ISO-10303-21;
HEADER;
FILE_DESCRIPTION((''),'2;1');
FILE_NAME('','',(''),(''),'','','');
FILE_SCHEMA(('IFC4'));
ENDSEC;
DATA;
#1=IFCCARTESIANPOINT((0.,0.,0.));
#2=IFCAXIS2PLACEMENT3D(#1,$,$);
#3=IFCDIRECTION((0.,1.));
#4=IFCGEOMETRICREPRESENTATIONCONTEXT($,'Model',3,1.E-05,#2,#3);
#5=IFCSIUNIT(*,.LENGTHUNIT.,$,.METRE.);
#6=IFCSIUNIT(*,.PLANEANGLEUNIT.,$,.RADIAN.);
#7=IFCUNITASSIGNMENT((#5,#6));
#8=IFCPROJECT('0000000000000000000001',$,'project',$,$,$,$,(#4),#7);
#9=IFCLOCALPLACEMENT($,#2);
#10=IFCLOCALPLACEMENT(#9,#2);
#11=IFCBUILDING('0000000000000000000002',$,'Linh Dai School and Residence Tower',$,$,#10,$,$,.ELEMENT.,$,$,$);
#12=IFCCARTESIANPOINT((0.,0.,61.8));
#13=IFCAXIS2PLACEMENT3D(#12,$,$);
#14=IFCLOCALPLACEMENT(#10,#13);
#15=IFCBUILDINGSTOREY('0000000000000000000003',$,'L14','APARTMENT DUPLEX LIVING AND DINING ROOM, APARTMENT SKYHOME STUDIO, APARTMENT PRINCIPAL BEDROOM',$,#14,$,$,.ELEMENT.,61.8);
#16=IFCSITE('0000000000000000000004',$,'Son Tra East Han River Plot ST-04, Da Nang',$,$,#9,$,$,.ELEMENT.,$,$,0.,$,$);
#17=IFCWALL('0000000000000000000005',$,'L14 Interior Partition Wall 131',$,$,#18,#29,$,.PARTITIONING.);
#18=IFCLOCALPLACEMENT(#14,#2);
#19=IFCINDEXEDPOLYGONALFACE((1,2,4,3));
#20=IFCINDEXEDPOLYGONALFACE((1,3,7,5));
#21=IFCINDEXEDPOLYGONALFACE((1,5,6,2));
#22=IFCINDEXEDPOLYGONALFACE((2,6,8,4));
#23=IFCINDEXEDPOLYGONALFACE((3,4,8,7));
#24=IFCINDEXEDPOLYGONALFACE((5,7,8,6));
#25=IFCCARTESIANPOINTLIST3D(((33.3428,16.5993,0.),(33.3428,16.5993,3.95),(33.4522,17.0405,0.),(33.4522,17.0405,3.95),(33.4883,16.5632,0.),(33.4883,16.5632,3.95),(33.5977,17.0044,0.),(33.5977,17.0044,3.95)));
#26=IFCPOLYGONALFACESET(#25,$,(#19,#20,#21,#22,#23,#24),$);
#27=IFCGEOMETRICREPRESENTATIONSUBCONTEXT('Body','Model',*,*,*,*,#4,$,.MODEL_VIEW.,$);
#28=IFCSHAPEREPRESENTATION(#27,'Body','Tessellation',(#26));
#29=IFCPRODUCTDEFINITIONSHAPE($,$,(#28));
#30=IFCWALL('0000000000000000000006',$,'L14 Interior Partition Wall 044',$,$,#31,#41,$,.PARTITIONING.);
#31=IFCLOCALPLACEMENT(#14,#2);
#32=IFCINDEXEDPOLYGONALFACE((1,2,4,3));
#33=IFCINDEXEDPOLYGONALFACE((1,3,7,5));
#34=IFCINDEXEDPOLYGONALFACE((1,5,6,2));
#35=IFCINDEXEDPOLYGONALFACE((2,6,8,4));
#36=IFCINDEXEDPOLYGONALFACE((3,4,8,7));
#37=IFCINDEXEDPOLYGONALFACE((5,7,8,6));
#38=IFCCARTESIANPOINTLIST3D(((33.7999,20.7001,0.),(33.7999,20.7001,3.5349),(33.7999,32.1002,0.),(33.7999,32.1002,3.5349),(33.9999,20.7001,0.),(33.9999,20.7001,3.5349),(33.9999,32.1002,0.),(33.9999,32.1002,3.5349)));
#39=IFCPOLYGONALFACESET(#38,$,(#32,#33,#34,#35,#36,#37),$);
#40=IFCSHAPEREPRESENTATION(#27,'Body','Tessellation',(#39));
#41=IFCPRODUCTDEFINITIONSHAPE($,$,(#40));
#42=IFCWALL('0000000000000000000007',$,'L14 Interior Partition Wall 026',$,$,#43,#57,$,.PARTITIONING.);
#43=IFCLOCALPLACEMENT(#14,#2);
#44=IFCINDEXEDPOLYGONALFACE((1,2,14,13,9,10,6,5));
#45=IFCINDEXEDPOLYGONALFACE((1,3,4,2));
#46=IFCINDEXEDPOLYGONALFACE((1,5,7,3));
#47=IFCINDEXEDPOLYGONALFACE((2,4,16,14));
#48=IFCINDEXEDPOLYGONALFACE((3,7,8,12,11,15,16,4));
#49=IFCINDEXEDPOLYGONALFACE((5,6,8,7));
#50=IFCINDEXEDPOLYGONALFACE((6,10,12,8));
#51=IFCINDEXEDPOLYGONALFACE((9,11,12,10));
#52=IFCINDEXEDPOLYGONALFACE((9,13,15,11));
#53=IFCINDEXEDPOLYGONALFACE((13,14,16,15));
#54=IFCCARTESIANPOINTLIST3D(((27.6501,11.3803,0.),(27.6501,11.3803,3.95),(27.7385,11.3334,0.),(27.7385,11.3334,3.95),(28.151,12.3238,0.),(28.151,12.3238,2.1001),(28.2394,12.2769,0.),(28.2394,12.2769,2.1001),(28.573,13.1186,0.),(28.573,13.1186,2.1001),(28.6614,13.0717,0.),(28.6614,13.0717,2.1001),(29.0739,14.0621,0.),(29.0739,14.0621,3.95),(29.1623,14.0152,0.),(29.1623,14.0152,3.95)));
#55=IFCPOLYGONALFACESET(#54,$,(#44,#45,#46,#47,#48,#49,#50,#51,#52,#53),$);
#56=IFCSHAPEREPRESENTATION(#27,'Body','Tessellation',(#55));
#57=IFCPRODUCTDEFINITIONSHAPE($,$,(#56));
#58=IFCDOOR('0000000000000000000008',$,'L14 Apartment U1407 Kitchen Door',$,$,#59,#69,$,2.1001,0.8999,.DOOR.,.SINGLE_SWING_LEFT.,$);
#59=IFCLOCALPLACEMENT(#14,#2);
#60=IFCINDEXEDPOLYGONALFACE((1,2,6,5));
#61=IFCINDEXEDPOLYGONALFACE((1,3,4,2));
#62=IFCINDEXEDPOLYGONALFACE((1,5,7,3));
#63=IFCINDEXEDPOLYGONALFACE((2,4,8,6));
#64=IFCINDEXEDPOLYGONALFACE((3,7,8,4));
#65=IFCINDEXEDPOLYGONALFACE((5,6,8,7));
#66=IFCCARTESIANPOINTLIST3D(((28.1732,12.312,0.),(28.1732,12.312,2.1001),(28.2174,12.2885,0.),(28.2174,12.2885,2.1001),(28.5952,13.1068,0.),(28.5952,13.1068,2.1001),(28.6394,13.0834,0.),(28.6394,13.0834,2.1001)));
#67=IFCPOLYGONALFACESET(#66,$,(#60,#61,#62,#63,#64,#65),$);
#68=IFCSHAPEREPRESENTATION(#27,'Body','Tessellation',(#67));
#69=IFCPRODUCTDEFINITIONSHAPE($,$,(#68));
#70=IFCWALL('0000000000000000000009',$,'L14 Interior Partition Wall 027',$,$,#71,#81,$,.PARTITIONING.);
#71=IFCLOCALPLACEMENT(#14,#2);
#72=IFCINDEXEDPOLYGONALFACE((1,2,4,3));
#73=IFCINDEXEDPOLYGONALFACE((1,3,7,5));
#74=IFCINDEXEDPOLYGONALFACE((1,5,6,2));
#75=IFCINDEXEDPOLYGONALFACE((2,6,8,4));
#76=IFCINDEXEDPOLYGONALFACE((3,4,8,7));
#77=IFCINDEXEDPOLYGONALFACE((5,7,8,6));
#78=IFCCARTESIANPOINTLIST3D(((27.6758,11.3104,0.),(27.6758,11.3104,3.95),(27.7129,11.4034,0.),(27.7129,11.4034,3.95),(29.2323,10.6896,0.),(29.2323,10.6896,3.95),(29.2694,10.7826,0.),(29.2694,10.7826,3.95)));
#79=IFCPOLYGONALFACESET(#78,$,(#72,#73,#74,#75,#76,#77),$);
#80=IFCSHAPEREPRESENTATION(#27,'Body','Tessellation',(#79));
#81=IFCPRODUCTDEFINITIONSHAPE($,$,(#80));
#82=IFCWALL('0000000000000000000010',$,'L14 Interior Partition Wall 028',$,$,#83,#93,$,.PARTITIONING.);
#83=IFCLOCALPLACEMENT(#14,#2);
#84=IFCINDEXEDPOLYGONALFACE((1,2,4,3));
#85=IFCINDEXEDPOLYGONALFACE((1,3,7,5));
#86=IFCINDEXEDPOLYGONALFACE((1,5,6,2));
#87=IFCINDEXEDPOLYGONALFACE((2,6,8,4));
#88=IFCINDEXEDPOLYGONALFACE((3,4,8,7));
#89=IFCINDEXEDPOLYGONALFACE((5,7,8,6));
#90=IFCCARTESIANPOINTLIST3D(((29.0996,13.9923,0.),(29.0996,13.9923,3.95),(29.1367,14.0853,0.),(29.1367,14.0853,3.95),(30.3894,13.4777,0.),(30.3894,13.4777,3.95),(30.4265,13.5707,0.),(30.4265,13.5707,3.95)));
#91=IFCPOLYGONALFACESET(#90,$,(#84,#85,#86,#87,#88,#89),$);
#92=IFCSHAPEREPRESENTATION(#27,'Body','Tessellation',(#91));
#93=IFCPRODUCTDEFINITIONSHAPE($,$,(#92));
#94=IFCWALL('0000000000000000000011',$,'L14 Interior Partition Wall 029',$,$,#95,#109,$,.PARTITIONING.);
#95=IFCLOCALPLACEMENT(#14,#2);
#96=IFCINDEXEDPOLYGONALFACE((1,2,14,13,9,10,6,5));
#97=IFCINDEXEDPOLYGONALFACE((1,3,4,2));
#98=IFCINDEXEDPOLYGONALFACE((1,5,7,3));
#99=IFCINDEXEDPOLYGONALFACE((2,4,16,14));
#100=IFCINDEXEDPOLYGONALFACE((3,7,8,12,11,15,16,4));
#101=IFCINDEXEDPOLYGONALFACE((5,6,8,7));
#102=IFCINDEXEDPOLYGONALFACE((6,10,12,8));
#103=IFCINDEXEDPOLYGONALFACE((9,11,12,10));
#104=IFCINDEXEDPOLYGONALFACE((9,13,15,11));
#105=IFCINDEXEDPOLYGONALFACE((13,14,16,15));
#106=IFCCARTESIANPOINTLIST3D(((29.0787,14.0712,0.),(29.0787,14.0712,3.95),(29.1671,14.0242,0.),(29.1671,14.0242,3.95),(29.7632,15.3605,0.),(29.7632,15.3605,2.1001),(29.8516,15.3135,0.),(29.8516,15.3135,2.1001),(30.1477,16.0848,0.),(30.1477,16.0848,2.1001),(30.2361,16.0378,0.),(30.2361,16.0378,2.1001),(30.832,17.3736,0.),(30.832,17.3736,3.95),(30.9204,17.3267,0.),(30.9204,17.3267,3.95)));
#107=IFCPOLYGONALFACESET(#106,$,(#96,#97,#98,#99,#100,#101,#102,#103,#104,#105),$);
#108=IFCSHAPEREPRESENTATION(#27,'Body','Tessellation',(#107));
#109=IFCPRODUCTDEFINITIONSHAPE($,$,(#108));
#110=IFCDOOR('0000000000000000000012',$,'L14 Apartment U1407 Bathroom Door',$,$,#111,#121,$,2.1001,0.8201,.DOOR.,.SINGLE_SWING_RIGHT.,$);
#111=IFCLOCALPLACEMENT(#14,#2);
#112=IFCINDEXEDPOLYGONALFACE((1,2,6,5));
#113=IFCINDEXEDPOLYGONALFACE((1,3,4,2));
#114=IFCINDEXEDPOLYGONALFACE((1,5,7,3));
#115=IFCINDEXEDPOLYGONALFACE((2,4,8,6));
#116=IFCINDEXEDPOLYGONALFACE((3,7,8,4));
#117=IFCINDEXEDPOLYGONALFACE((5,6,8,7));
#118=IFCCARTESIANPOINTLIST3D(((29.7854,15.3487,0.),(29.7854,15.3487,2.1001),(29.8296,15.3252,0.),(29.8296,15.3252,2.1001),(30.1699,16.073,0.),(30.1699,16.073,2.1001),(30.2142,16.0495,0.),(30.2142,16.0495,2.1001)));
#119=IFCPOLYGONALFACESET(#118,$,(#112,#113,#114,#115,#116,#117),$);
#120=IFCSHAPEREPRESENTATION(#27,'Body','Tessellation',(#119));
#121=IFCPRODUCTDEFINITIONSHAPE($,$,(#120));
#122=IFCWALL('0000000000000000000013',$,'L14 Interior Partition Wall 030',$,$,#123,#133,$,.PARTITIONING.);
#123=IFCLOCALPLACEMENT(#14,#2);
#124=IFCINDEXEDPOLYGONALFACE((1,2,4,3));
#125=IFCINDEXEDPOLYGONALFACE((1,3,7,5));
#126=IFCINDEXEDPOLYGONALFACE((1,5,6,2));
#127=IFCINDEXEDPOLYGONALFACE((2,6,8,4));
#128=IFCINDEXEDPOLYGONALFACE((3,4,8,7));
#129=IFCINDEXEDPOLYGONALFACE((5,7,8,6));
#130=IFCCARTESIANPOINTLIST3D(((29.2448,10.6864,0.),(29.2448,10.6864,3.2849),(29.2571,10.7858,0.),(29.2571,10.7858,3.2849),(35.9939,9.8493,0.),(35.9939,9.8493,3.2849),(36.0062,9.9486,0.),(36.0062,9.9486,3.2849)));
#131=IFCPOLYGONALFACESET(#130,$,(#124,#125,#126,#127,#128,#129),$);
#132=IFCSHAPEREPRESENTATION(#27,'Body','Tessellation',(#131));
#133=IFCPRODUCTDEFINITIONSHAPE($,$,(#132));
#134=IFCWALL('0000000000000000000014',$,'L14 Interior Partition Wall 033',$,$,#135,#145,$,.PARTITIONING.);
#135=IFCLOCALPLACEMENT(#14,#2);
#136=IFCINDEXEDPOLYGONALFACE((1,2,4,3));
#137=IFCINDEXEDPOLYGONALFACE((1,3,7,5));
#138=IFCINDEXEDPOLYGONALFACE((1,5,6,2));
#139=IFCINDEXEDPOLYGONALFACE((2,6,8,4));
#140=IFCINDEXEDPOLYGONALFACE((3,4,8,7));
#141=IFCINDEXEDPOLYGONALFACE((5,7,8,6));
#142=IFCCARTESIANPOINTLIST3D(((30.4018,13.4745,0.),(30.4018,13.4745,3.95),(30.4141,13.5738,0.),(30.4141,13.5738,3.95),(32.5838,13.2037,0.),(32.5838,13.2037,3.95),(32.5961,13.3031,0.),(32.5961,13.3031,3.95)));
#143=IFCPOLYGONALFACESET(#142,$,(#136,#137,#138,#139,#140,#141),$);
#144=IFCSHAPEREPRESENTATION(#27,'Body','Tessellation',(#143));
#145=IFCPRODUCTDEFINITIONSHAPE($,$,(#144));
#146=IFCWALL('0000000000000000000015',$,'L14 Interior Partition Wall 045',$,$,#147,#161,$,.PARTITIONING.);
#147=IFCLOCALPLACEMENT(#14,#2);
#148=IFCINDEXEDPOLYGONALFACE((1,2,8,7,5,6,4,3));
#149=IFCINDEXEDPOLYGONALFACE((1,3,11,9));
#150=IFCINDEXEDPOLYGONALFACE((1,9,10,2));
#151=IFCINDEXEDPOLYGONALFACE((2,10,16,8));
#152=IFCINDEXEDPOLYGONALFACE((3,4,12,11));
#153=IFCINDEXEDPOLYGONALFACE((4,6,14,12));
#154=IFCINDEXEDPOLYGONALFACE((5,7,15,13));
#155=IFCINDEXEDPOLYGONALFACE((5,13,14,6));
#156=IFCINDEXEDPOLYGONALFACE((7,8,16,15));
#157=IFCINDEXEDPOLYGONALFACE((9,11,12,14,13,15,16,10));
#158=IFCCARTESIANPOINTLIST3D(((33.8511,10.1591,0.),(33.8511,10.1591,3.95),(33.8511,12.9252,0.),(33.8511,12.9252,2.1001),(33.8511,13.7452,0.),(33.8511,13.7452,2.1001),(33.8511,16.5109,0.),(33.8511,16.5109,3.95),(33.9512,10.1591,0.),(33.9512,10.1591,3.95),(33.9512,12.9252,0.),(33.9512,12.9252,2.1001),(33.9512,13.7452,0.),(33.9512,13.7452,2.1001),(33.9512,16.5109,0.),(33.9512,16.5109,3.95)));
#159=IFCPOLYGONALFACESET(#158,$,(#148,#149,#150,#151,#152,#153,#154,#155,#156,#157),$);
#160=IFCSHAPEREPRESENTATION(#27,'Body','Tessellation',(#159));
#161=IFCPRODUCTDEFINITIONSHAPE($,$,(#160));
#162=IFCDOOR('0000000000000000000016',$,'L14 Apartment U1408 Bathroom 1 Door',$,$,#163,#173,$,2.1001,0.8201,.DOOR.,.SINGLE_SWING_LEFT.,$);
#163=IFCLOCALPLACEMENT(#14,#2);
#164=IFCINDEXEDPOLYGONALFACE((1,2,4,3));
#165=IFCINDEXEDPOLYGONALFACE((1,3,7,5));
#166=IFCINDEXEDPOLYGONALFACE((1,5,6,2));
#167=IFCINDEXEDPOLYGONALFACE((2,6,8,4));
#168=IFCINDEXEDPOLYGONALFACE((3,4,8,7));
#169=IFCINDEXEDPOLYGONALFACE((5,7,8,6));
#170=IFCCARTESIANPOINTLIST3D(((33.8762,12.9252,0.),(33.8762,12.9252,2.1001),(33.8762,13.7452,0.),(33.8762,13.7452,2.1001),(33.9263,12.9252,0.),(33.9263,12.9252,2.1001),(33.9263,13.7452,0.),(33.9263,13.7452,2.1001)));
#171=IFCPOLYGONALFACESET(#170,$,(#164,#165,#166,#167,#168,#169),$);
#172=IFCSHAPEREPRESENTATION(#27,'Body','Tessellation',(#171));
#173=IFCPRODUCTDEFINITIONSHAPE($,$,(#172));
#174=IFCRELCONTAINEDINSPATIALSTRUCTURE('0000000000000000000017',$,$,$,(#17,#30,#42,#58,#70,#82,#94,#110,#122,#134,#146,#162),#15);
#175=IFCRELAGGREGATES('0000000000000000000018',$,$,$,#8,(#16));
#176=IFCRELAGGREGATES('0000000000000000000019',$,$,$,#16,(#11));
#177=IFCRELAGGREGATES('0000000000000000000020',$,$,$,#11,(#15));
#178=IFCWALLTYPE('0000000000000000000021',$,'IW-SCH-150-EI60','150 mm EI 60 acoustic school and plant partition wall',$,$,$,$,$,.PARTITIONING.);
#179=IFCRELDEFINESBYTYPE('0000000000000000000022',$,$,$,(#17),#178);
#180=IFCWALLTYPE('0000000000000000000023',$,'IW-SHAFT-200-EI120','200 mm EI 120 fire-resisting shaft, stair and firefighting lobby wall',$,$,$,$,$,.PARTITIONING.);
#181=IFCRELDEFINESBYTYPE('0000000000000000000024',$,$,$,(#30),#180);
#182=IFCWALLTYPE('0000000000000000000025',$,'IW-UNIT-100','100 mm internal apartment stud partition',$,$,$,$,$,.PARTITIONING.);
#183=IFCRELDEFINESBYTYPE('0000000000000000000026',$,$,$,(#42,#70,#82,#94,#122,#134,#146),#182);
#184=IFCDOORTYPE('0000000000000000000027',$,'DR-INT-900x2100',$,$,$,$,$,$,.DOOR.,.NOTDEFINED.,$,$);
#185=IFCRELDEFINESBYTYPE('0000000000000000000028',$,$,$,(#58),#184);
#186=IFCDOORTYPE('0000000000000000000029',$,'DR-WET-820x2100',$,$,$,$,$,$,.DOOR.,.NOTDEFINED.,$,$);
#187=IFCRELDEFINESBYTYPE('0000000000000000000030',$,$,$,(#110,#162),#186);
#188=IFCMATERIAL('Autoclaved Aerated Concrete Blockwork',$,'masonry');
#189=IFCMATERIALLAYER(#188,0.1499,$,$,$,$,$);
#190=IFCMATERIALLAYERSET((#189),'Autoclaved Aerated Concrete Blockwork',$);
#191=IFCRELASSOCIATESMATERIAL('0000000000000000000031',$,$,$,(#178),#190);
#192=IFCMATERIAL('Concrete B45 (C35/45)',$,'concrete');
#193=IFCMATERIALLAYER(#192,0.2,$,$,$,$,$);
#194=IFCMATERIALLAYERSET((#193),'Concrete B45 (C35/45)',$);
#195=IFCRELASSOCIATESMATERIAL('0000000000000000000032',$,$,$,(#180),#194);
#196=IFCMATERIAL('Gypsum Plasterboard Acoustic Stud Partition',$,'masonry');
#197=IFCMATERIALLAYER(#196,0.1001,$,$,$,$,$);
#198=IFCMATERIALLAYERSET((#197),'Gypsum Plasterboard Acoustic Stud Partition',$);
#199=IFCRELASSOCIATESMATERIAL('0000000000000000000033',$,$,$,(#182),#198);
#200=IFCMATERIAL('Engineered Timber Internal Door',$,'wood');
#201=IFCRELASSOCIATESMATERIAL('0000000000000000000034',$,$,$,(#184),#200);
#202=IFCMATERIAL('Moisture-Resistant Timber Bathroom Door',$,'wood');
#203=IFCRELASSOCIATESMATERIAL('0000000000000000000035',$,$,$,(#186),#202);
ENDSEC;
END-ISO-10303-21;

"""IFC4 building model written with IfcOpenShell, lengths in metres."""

from ifc_helpers import new_model, si_unit, direction, frame, frame_2d, origin, origin_2d, place, context, subcontext, project, spatial, rectangle, extrude, source, transform, mapped, material, layer, layer_set, type_object, element, fill, save


model = new_model("IFC4")

# Units and contexts
model_context = context("Model", 3, precision=1e-05, world=origin(), true_north=direction((0.0, 1.0)))
body_context = subcontext(model_context, "Body", "Model", "MODEL_VIEW")
ifc_project = project(units=[si_unit("LENGTHUNIT", "METRE"), si_unit("PLANEANGLEUNIT", "RADIAN")], contexts=[model_context])

# Site, building, storey
site_placement = place(None, origin())
site = spatial("IfcSite", under=ifc_project, at=site_placement, Name="Son Tra East Han River Plot ST-04, Da Nang", CompositionType="ELEMENT", RefElevation=0.0)
building_placement = place(site_placement, origin())
building = spatial("IfcBuilding", under=site, at=building_placement, Name="Linh Dai School and Residence Tower", CompositionType="ELEMENT")
storey_placement = place(building_placement, frame((0.0, 0.0, 61.8)))
storey = spatial("IfcBuildingStorey", under=building, at=storey_placement, Name="L14", Description="APARTMENT DUPLEX LIVING AND DINING ROOM, APARTMENT SKYHOME STUDIO, APARTMENT PRINCIPAL BEDROOM", CompositionType="ELEMENT", Elevation=61.8)

# Walls
ifc_material_1 = material(Name="Autoclaved Aerated Concrete Blockwork", Category="masonry")
ifc_layer_1 = layer(ifc_material_1, 0.1499)
ifc_layer_set_1 = layer_set([ifc_layer_1], Name="Autoclaved Aerated Concrete Blockwork")
wall_type_1 = type_object("IfcWallType", Name="IW-SCH-150-EI60", Description="150 mm EI 60 acoustic school and plant partition wall", PredefinedType="PARTITIONING", material=ifc_layer_set_1)
wall_1_placement = place(storey_placement, frame((33.5249, 17.0225, 0.0), z_axis=(0.0, 0.0, 1.0), x_axis=(-0.240639, -0.970615, 0.0)))
element("IfcWall", 1, at=wall_1_placement, inside=storey, type_object=wall_type_1, Name="L14 Interior Partition Wall 131", PredefinedType="PARTITIONING", context=body_context, shape_type="SweptSolid", body=[
    extrude(rectangle(XDim=0.4546, YDim=0.1499, at=frame_2d((0.2273, 0.0))), origin(), (0.0, 0.0, 1.0), 3.95),
])
ifc_material_2 = material(Name="Concrete B45 (C35/45)", Category="concrete")
ifc_layer_2 = layer(ifc_material_2, 0.2)
ifc_layer_set_2 = layer_set([ifc_layer_2], Name="Concrete B45 (C35/45)")
wall_type_2 = type_object("IfcWallType", Name="IW-SHAFT-200-EI120", Description="200 mm EI 120 fire-resisting shaft, stair and firefighting lobby wall", PredefinedType="PARTITIONING", material=ifc_layer_set_2)
wall_2_placement = place(storey_placement, frame((33.8999, 20.7, 0.0), z_axis=(0.0, 0.0, 1.0), x_axis=(0.0, 1.0, 0.0)))
element("IfcWall", 2, at=wall_2_placement, inside=storey, type_object=wall_type_2, Name="L14 Interior Partition Wall 044", PredefinedType="PARTITIONING", context=body_context, shape_type="SweptSolid", body=[
    extrude(rectangle(XDim=11.4001, YDim=0.2, at=frame_2d((5.7002, 0.0))), origin(), (0.0, 0.0, 1.0), 3.5349),
])

# Wall, opening, door
ifc_material_3 = material(Name="Gypsum Plasterboard Acoustic Stud Partition", Category="masonry")
ifc_layer_3 = layer(ifc_material_3, 0.1001)
ifc_layer_set_3 = layer_set([ifc_layer_3], Name="Gypsum Plasterboard Acoustic Stud Partition")
wall_type_3 = type_object("IfcWallType", Name="IW-UNIT-100", Description="100 mm internal apartment stud partition", PredefinedType="PARTITIONING", material=ifc_layer_set_3)
wall_3_placement = place(storey_placement, frame((27.6943, 11.3569, 0.0), z_axis=(0.0, 0.0, 1.0), x_axis=(0.468918, 0.883242, 0.0)))
wall_3 = element("IfcWall", 3, at=wall_3_placement, inside=storey, type_object=wall_type_3, Name="L14 Interior Partition Wall 026", PredefinedType="PARTITIONING", context=body_context, shape_type="SweptSolid", body=[
    extrude(rectangle(XDim=3.0364, YDim=0.1001, at=frame_2d((1.5181, 0.0))), origin(), (0.0, 0.0, 1.0), 3.95),
])
opening_1_placement = place(wall_3_placement, frame((1.0681, 0.0, 0.0)))
opening_1 = element("IfcOpeningElement", 4, at=opening_1_placement, cuts=wall_3, PredefinedType="OPENING", context=body_context, shape_type="SweptSolid", body=[
    extrude(rectangle(XDim=0.8999, YDim=2.1001, at=origin_2d()), frame((0.45, 0.0601, 1.05), z_axis=(0.0, -1.0, 0.0), x_axis=(1.0, 0.0, 0.0)), (0.0, 0.0, 1.0), 0.1201),
])
ifc_material_4 = material(Name="Engineered Timber Internal Door", Category="wood")
door_type_1 = type_object("IfcDoorType", Name="DR-INT-900x2100", OperationType="NOTDEFINED", PredefinedType="DOOR", material=ifc_material_4)
shared_shape_1 = source(origin(), body_context, "Body", "SweptSolid", [
    extrude(rectangle(XDim=0.8999, YDim=2.1001, at=origin_2d()), frame((0.45, 0.0249, 1.05), z_axis=(0.0, -1.0, 0.0), x_axis=(1.0, 0.0, 0.0)), (0.0, 0.0, 1.0), 0.05),
])
door_1_placement = place(opening_1_placement, origin())
door_1 = element("IfcDoor", 5, at=door_1_placement, inside=storey, type_object=door_type_1, Name="L14 Apartment U1407 Kitchen Door", OperationType="SINGLE_SWING_LEFT", OverallHeight=2.1001, OverallWidth=0.8999, PredefinedType="DOOR", context=body_context, shape_type="MappedRepresentation", body=[
    mapped(shared_shape_1, transform((0.0, 0.0, 0.0), x_axis=(1.0, 0.0, 0.0), y_axis=(0.0, 1.0, 0.0), z_axis=(0.0, 0.0, 1.0), scale=1.0)),
])
fill(opening_1, door_1)

# Walls
wall_4_placement = place(storey_placement, frame((27.6943, 11.3569, 0.0), z_axis=(0.0, 0.0, 1.0), x_axis=(0.928848, -0.370461, 0.0)))
element("IfcWall", 6, at=wall_4_placement, inside=storey, type_object=wall_type_3, Name="L14 Interior Partition Wall 027", PredefinedType="PARTITIONING", context=body_context, shape_type="SweptSolid", body=[
    extrude(rectangle(XDim=1.6758, YDim=0.1001, at=frame_2d((0.8379, 0.0))), origin(), (0.0, 0.0, 1.0), 3.95),
])
wall_5_placement = place(storey_placement, frame((29.1182, 14.0388, 0.0), z_axis=(0.0, 0.0, 1.0), x_axis=(0.928792, -0.370602, 0.0)))
element("IfcWall", 7, at=wall_5_placement, inside=storey, type_object=wall_type_3, Name="L14 Interior Partition Wall 028", PredefinedType="PARTITIONING", context=body_context, shape_type="SweptSolid", body=[
    extrude(rectangle(XDim=1.3887, YDim=0.1001, at=frame_2d((0.6943, 0.0))), origin(), (0.0, 0.0, 1.0), 3.95),
])

# Wall, opening, door
wall_6_placement = place(storey_placement, frame((29.1228, 14.0476, 0.0), z_axis=(0.0, 0.0, 1.0), x_axis=(0.46894, 0.88323, 0.0)))
wall_6 = element("IfcWall", 8, at=wall_6_placement, inside=storey, type_object=wall_type_3, Name="L14 Interior Partition Wall 029", PredefinedType="PARTITIONING", context=body_context, shape_type="SweptSolid", body=[
    extrude(rectangle(XDim=3.739, YDim=0.1001, at=frame_2d((1.8696, 0.0))), origin(), (0.0, 0.0, 1.0), 3.95),
])
opening_2_placement = place(wall_6_placement, frame((1.4597, 0.0, 0.0)))
opening_2 = element("IfcOpeningElement", 9, at=opening_2_placement, cuts=wall_6, PredefinedType="OPENING", context=body_context, shape_type="SweptSolid", body=[
    extrude(rectangle(XDim=0.8201, YDim=2.1001, at=origin_2d()), frame((0.4102, 0.0601, 1.05), z_axis=(0.0, -1.0, 0.0), x_axis=(1.0, 0.0, 0.0)), (0.0, 0.0, 1.0), 0.1201),
])
ifc_material_5 = material(Name="Moisture-Resistant Timber Bathroom Door", Category="wood")
door_type_2 = type_object("IfcDoorType", Name="DR-WET-820x2100", OperationType="NOTDEFINED", PredefinedType="DOOR", material=ifc_material_5)
shared_shape_2 = source(origin(), body_context, "Body", "SweptSolid", [
    extrude(rectangle(XDim=0.8201, YDim=2.1001, at=origin_2d()), frame((0.4102, 0.0249, 1.05), z_axis=(0.0, -1.0, 0.0), x_axis=(1.0, 0.0, 0.0)), (0.0, 0.0, 1.0), 0.05),
])
door_2_placement = place(opening_2_placement, origin())
door_2 = element("IfcDoor", 10, at=door_2_placement, inside=storey, type_object=door_type_2, Name="L14 Apartment U1407 Bathroom Door", OperationType="SINGLE_SWING_RIGHT", OverallHeight=2.1001, OverallWidth=0.8201, PredefinedType="DOOR", context=body_context, shape_type="MappedRepresentation", body=[
    mapped(shared_shape_2, transform((0.0, 0.0, 0.0), x_axis=(1.0, 0.0, 0.0), y_axis=(0.0, 1.0, 0.0), z_axis=(0.0, 0.0, 1.0), scale=1.0)),
])
fill(opening_2, door_2)

# Walls
wall_7_placement = place(storey_placement, frame((29.251, 10.7361, 0.0), z_axis=(0.0, 0.0, 1.0), x_axis=(0.992395, -0.123098, 0.0)))
element("IfcWall", 11, at=wall_7_placement, inside=storey, type_object=wall_type_3, Name="L14 Interior Partition Wall 030", PredefinedType="PARTITIONING", context=body_context, shape_type="SweptSolid", body=[
    extrude(rectangle(XDim=6.8008, YDim=0.1001, at=frame_2d((3.4004, 0.0))), origin(), (0.0, 0.0, 1.0), 3.2849),
])
wall_8_placement = place(storey_placement, frame((30.408, 13.5242, 0.0), z_axis=(0.0, 0.0, 1.0), x_axis=(0.992389, -0.123146, 0.0)))
element("IfcWall", 12, at=wall_8_placement, inside=storey, type_object=wall_type_3, Name="L14 Interior Partition Wall 033", PredefinedType="PARTITIONING", context=body_context, shape_type="SweptSolid", body=[
    extrude(rectangle(XDim=2.1987, YDim=0.1001, at=frame_2d((1.0994, 0.0))), origin(), (0.0, 0.0, 1.0), 3.95),
])

# Wall, opening, door
wall_9_placement = place(storey_placement, frame((33.9011, 10.1592, 0.0), z_axis=(0.0, 0.0, 1.0), x_axis=(0.0, 1.0, 0.0)))
wall_9 = element("IfcWall", 13, at=wall_9_placement, inside=storey, type_object=wall_type_3, Name="L14 Interior Partition Wall 045", PredefinedType="PARTITIONING", context=body_context, shape_type="SweptSolid", body=[
    extrude(rectangle(XDim=6.3518, YDim=0.1001, at=frame_2d((3.1758, 0.0))), origin(), (0.0, 0.0, 1.0), 3.95),
])
opening_3_placement = place(wall_9_placement, frame((2.7659, 0.0, 0.0)))
opening_3 = element("IfcOpeningElement", 14, at=opening_3_placement, cuts=wall_9, PredefinedType="OPENING", context=body_context, shape_type="SweptSolid", body=[
    extrude(rectangle(XDim=0.8201, YDim=2.1001, at=origin_2d()), frame((0.4102, 0.0601, 1.05), z_axis=(0.0, -1.0, 0.0), x_axis=(1.0, 0.0, 0.0)), (0.0, 0.0, 1.0), 0.1201),
])
door_3_placement = place(opening_3_placement, origin())
door_3 = element("IfcDoor", 15, at=door_3_placement, inside=storey, type_object=door_type_2, Name="L14 Apartment U1408 Bathroom 1 Door", OperationType="SINGLE_SWING_LEFT", OverallHeight=2.1001, OverallWidth=0.8201, PredefinedType="DOOR", context=body_context, shape_type="MappedRepresentation", body=[
    mapped(shared_shape_2, transform((0.0, 0.0, 0.0), x_axis=(1.0, 0.0, 0.0), y_axis=(0.0, 1.0, 0.0), z_axis=(0.0, 0.0, 1.0), scale=1.0)),
])
fill(opening_3, door_3)

save(model, "model.ifc")
